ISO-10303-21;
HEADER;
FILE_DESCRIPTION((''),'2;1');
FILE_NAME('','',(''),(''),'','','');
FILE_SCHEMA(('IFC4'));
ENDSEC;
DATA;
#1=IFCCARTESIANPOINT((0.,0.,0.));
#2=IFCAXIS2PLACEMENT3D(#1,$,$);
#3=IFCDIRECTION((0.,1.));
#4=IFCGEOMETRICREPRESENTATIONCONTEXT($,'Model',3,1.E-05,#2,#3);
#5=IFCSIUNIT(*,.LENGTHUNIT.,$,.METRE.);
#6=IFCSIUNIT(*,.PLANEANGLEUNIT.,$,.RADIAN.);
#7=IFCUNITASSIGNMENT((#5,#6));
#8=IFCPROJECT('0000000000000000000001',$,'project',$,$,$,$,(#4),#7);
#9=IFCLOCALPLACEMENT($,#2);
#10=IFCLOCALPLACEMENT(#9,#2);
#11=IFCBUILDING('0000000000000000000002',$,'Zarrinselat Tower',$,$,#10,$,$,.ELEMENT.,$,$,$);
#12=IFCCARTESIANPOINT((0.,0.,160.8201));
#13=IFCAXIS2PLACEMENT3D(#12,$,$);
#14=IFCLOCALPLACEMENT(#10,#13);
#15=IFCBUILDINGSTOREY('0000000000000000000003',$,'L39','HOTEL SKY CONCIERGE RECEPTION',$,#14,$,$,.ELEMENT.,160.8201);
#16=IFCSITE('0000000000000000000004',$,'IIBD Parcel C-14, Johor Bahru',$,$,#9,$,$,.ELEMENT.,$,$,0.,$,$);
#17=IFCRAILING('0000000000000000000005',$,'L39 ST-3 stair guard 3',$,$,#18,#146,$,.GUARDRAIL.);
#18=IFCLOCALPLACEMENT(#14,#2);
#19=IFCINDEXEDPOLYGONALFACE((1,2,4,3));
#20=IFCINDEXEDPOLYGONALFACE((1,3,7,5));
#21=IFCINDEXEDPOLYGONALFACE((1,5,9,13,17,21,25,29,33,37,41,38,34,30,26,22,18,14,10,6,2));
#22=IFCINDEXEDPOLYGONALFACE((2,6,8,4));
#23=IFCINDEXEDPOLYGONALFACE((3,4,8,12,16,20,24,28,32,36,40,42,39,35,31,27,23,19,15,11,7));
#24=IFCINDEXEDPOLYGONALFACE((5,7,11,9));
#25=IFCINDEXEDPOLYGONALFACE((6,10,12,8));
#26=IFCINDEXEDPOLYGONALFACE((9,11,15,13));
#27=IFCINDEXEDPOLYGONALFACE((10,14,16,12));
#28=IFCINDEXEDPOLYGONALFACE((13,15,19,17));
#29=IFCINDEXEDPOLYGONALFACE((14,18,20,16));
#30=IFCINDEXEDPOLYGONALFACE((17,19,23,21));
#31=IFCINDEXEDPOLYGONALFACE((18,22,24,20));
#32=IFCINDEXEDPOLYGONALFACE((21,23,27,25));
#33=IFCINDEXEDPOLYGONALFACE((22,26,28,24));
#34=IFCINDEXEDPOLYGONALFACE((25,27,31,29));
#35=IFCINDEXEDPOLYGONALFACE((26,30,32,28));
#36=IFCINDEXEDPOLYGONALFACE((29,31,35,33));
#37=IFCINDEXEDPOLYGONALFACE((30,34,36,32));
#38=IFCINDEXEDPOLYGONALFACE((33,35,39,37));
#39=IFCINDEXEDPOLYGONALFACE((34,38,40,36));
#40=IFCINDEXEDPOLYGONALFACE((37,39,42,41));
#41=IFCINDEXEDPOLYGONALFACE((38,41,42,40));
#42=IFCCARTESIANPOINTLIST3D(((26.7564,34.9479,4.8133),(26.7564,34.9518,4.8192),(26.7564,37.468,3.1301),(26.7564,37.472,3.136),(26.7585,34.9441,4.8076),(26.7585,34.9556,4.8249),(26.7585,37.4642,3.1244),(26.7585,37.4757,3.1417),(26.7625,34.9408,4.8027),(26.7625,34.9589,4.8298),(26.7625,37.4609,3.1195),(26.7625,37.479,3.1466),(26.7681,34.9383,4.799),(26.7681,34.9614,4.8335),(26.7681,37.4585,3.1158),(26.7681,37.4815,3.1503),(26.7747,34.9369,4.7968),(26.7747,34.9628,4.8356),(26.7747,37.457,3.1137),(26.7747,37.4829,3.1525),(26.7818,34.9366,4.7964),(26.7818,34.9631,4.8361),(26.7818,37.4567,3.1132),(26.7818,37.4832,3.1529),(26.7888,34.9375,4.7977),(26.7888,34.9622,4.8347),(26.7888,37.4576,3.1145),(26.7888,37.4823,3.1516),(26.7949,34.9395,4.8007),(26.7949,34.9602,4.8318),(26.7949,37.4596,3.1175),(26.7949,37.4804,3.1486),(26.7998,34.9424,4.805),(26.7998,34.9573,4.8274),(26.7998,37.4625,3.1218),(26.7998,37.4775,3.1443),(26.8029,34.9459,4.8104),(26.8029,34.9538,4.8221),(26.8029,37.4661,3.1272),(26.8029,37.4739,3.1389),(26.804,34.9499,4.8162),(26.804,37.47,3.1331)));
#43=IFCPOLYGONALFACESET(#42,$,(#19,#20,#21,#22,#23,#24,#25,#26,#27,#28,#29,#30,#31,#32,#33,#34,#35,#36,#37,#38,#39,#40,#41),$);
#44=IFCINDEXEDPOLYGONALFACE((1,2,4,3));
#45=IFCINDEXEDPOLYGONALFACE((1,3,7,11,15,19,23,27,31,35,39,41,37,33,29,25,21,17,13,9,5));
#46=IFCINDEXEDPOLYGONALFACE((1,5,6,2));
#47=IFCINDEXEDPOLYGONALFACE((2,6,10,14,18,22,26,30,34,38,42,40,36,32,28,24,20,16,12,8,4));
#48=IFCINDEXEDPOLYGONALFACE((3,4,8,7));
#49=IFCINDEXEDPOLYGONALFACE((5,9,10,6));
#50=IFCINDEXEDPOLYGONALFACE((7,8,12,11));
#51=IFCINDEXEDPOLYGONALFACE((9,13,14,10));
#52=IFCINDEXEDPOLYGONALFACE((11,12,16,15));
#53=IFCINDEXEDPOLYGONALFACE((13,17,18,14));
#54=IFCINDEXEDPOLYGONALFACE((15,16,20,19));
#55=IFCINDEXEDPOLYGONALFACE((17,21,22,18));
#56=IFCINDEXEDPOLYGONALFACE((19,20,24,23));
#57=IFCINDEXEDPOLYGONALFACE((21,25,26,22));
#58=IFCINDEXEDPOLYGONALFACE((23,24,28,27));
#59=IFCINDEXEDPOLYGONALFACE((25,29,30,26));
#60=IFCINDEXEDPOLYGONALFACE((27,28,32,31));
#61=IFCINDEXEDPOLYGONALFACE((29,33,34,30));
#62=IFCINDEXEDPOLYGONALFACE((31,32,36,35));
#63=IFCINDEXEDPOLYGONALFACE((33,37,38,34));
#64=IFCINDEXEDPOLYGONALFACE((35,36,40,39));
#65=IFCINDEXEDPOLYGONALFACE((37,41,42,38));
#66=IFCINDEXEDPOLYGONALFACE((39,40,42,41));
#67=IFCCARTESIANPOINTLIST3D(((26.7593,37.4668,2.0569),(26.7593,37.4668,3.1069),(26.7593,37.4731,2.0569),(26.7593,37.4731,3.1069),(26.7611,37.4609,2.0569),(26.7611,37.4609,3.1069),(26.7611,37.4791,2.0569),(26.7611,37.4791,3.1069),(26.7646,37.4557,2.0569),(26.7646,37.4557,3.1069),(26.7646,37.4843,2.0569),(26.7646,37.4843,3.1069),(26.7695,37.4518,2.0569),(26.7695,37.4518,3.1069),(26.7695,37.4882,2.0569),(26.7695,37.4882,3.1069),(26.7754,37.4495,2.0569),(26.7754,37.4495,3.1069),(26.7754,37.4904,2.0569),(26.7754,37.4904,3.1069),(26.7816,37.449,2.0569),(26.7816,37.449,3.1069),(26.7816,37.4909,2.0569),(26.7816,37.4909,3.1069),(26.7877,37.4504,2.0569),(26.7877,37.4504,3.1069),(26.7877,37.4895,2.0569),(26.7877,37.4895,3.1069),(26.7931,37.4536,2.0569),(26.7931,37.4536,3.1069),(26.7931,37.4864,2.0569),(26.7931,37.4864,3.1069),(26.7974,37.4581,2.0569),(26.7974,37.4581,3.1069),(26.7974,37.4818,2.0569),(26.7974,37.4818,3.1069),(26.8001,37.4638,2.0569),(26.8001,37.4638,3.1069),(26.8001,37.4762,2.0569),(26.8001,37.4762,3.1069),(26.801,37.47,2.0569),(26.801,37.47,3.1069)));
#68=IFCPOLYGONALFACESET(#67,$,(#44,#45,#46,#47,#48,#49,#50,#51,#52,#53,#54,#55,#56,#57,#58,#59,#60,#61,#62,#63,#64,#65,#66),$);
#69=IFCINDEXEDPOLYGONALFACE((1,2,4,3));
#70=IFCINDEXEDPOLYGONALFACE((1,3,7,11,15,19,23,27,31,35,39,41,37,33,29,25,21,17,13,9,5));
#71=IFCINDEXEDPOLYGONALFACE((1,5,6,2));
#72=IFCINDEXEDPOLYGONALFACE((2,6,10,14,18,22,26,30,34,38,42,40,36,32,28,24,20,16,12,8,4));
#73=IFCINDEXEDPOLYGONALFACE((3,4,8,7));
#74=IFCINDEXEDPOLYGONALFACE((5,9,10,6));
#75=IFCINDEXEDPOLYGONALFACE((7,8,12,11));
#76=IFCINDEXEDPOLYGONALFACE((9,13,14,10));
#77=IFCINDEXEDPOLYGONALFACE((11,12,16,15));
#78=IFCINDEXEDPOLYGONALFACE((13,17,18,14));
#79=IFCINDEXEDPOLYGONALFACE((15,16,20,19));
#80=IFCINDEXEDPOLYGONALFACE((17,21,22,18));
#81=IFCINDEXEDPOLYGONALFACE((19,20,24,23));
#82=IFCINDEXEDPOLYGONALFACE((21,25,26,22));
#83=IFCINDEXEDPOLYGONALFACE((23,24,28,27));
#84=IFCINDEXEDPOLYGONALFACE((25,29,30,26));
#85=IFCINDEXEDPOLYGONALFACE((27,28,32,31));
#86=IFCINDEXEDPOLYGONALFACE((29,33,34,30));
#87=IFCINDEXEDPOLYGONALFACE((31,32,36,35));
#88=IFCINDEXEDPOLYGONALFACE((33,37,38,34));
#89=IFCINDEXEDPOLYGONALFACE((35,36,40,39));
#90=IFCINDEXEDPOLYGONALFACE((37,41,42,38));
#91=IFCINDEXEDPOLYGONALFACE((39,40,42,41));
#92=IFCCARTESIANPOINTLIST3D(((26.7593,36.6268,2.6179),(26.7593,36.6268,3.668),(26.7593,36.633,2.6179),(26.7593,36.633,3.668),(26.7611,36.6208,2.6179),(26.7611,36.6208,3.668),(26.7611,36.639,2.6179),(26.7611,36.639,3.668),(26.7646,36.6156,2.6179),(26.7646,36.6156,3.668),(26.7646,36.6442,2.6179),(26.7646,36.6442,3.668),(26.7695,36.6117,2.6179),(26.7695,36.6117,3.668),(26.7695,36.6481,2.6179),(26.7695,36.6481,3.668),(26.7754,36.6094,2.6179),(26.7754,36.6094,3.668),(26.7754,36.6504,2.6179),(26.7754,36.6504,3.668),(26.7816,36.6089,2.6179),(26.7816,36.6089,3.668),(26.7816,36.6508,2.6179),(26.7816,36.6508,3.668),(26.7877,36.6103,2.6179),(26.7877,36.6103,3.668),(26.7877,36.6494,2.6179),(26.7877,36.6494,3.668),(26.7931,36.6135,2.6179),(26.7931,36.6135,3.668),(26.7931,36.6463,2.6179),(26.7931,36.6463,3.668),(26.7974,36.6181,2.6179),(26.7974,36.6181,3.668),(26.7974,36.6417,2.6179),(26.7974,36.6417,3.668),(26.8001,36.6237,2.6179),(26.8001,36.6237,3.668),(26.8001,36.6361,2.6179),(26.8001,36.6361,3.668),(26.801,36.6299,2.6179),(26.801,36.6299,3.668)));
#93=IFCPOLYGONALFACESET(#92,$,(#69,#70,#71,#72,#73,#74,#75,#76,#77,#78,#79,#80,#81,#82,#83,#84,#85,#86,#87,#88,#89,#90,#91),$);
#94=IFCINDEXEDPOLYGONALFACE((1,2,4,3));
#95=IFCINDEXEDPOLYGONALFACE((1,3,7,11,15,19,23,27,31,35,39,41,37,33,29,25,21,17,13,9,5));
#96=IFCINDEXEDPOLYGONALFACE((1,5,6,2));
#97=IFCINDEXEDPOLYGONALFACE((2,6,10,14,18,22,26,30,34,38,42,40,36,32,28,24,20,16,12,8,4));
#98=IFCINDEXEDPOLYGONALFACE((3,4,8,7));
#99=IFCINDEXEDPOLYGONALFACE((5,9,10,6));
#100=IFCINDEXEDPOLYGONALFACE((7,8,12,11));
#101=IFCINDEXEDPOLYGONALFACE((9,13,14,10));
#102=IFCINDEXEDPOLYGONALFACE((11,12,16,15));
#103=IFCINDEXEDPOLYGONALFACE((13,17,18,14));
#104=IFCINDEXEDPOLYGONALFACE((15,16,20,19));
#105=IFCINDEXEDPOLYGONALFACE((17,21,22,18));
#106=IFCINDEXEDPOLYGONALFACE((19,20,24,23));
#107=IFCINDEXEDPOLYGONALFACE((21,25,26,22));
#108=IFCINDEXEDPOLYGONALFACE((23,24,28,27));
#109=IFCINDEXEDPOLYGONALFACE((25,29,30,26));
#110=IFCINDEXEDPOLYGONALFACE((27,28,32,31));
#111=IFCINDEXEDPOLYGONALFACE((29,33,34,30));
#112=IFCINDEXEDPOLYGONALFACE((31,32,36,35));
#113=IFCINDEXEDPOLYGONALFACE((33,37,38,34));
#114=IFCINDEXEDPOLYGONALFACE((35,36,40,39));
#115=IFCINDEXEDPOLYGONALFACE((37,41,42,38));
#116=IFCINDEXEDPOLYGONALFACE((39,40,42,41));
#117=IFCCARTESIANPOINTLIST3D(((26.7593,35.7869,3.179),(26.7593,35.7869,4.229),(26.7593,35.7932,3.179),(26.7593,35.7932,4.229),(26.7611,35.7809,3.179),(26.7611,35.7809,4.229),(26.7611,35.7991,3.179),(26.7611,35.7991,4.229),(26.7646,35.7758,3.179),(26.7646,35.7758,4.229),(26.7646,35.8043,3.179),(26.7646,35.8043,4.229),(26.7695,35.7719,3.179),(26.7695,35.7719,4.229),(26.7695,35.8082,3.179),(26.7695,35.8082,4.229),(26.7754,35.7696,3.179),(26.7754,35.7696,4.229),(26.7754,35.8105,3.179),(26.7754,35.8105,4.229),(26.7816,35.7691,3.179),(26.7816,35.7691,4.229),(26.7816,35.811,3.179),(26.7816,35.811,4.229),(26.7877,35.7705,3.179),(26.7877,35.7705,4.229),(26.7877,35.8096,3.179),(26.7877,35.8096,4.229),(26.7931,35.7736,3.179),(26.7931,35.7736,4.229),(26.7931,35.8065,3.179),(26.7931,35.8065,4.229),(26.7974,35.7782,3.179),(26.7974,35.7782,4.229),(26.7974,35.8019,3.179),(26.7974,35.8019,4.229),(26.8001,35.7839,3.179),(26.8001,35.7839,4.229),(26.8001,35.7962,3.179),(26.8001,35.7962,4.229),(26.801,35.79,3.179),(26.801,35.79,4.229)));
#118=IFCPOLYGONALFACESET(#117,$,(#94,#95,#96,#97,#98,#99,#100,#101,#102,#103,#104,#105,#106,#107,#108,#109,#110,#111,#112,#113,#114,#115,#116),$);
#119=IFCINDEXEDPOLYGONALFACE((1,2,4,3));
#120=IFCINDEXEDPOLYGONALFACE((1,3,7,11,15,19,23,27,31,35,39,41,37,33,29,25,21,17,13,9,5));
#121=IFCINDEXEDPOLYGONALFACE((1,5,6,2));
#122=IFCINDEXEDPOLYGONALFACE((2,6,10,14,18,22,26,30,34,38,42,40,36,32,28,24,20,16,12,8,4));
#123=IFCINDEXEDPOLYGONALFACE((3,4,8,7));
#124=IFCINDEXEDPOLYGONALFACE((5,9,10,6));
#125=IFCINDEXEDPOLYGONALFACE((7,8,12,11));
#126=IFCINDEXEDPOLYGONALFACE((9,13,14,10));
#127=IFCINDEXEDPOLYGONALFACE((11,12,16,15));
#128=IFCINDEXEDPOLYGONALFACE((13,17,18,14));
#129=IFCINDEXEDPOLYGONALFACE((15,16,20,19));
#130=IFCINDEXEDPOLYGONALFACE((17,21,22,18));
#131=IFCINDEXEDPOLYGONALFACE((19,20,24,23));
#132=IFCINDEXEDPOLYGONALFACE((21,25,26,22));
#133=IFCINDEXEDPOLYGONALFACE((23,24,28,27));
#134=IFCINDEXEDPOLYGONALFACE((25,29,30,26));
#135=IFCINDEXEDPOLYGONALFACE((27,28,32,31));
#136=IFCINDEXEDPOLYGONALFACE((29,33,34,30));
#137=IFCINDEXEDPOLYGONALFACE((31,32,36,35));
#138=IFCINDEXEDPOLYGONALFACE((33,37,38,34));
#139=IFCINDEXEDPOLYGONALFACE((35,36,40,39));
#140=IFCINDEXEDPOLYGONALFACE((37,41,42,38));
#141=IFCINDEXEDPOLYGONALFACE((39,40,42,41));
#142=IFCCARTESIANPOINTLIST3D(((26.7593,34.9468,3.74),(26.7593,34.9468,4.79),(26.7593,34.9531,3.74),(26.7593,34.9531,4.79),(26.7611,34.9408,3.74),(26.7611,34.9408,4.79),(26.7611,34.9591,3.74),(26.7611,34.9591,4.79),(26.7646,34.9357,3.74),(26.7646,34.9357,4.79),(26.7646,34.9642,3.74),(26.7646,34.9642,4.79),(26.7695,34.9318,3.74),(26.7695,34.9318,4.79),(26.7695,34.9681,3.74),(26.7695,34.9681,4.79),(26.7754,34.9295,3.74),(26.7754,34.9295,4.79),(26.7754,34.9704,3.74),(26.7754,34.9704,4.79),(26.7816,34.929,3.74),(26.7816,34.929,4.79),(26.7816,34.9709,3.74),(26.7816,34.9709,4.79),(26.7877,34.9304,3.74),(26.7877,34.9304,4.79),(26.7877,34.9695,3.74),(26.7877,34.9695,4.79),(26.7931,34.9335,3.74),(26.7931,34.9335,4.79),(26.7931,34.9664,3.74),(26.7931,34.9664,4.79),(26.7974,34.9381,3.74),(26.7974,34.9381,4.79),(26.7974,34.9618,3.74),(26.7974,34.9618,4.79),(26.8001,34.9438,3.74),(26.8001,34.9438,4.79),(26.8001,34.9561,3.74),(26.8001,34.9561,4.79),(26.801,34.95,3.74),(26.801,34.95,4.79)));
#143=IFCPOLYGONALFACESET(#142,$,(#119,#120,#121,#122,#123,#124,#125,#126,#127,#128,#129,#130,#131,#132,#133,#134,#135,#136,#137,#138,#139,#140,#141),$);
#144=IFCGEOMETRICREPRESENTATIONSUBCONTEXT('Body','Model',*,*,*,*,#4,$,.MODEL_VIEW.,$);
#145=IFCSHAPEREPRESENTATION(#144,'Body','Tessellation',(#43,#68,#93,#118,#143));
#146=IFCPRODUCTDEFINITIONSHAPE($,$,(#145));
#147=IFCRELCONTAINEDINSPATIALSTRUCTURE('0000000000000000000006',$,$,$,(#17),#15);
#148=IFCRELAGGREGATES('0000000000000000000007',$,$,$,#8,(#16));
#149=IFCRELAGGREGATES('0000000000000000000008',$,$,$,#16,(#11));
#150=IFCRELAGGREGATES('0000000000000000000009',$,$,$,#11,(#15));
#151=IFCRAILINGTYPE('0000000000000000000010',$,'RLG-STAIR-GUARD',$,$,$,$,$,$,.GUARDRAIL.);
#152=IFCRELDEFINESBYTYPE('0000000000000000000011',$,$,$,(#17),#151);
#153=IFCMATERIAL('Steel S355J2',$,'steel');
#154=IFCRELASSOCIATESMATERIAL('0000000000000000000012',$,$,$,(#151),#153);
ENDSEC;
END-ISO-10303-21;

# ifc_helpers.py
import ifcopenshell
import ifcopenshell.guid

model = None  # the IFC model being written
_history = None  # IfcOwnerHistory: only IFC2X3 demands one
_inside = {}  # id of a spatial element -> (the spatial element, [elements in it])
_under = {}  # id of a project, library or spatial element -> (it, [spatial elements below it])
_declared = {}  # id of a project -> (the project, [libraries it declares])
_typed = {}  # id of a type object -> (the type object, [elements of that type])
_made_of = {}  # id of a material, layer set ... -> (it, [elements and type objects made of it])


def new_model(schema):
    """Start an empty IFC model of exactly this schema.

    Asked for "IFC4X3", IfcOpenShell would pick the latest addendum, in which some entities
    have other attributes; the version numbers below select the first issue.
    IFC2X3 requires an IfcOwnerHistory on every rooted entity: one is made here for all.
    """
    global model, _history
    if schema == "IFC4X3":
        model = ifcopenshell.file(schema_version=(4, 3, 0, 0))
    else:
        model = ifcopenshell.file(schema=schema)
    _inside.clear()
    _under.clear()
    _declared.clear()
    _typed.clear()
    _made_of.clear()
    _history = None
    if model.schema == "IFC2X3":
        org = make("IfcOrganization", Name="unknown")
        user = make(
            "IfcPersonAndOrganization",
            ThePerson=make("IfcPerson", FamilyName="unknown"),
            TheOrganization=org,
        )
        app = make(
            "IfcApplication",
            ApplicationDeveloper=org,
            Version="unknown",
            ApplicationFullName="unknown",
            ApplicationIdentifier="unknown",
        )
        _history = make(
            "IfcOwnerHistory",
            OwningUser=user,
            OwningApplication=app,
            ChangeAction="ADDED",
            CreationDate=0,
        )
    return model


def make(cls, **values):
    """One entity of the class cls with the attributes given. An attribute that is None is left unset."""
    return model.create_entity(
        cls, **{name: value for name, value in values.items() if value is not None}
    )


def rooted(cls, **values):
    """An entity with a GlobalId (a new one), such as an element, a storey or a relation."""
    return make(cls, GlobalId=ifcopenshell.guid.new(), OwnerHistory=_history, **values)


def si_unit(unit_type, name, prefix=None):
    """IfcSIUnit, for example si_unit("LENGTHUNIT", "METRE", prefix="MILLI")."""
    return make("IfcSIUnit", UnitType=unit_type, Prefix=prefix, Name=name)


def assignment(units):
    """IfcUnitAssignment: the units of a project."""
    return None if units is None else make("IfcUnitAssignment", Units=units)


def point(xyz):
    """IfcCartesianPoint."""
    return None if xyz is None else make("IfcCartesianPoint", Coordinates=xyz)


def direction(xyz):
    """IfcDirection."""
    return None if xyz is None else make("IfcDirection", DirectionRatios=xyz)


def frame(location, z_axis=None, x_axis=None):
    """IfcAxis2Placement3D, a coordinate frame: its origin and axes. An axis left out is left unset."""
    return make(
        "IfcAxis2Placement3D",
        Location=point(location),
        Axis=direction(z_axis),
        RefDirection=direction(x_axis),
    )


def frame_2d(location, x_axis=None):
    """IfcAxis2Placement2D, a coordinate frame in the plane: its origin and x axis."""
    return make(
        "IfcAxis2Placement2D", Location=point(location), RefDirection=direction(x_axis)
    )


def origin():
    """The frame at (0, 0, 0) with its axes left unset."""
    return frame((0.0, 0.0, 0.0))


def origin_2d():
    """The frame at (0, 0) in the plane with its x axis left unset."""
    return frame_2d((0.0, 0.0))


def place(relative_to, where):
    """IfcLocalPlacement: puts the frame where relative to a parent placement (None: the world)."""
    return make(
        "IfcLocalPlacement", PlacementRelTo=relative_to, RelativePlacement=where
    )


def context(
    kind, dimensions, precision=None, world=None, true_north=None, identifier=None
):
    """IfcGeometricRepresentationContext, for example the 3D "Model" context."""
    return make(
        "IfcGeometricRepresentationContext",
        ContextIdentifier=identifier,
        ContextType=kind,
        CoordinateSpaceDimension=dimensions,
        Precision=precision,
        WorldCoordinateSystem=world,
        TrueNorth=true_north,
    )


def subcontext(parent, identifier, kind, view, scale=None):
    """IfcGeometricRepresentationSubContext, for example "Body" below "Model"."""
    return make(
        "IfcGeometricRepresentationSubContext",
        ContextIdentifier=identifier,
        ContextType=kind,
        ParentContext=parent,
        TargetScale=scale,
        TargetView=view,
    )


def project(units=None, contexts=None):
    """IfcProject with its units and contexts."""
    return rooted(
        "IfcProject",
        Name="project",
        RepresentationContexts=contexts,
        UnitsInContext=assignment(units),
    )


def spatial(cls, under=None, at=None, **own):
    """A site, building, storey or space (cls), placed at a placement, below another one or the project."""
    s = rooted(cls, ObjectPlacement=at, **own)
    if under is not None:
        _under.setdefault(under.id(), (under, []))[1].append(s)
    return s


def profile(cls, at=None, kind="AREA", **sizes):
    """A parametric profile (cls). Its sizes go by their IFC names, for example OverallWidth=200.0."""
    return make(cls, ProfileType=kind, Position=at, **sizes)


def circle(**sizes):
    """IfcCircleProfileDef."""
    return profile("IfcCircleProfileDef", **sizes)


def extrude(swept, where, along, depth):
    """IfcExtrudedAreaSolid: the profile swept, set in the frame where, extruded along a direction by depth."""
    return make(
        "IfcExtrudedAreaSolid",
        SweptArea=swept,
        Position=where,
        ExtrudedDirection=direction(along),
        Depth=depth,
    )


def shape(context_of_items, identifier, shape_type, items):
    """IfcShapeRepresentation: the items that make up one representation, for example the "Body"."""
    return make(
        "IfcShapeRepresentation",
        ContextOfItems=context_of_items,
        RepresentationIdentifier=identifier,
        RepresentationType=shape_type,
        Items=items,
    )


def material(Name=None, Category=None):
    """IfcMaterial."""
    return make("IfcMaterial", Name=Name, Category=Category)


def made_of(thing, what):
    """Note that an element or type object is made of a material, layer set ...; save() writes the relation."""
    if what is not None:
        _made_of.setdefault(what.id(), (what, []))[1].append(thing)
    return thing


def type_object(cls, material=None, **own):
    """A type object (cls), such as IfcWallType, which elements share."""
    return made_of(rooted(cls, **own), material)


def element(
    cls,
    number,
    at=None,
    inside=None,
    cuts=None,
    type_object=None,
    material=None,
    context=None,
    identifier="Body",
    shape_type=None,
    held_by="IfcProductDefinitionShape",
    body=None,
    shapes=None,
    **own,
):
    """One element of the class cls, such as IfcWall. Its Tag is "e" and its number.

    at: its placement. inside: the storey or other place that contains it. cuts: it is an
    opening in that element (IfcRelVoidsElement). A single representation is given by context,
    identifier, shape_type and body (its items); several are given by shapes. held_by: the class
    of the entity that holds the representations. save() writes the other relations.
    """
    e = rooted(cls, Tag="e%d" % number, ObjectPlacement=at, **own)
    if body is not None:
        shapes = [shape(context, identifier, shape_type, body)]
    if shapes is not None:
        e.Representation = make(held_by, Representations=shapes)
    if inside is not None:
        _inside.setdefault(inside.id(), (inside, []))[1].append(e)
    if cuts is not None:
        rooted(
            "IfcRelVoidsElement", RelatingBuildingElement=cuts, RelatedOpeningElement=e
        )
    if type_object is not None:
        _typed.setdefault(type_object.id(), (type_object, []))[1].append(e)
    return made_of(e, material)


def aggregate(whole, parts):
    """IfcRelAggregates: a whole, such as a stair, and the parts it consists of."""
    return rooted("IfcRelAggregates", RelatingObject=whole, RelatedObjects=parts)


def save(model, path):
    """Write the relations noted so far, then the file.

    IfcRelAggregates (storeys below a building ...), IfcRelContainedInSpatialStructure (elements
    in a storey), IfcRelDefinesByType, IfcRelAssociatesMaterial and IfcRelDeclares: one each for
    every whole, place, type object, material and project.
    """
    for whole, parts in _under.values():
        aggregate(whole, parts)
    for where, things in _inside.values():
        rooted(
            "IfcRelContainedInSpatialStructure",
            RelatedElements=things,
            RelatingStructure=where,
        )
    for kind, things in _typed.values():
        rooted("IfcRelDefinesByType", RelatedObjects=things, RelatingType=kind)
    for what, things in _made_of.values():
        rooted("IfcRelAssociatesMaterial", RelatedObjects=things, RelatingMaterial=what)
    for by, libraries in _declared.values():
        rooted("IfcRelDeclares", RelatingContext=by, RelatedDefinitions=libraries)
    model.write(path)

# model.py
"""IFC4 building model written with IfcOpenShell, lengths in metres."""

from ifc_helpers import new_model, si_unit, direction, frame, origin, origin_2d, place, context, subcontext, project, spatial, circle, extrude, material, type_object, element, save


model = new_model("IFC4")

# Units and contexts
model_context = context("Model", 3, precision=1e-05, world=origin(), true_north=direction((0.0, 1.0)))
body_context = subcontext(model_context, "Body", "Model", "MODEL_VIEW")
ifc_project = project(units=[si_unit("LENGTHUNIT", "METRE"), si_unit("PLANEANGLEUNIT", "RADIAN")], contexts=[model_context])

# Site, building, storey
site_placement = place(None, origin())
site = spatial("IfcSite", under=ifc_project, at=site_placement, Name="IIBD Parcel C-14, Johor Bahru", CompositionType="ELEMENT", RefElevation=0.0)
building_placement = place(site_placement, origin())
building = spatial("IfcBuilding", under=site, at=building_placement, Name="Zarrinselat Tower", CompositionType="ELEMENT")
storey_placement = place(building_placement, frame((0.0, 0.0, 160.8201)))
storey = spatial("IfcBuildingStorey", under=building, at=storey_placement, Name="L39", Description="HOTEL SKY CONCIERGE RECEPTION", CompositionType="ELEMENT", Elevation=160.8201)

# Railing
ifc_material_1 = material(Name="Steel S355J2", Category="steel")
railing_type_1 = type_object("IfcRailingType", Name="RLG-STAIR-GUARD", PredefinedType="GUARDRAIL", material=ifc_material_1)
railing_1_placement = place(storey_placement, frame((26.78, 37.47, 2.0569)))
element("IfcRailing", 1, at=railing_1_placement, inside=storey, type_object=railing_type_1, Name="L39 ST-3 stair guard 3", PredefinedType="GUARDRAIL", context=body_context, shape_type="SweptSolid", body=[
    extrude(circle(Radius=0.0239, at=origin_2d()), frame((0.0, 0.0, 1.0762), z_axis=(0.0, -0.831579, 0.555406), x_axis=(1.0, 0.0, 0.0)), (0.0, 0.0, 1.0), 3.0305),
    extrude(circle(Radius=0.021, at=origin_2d()), origin(), (0.0, 0.0, 1.0), 1.05),
    extrude(circle(Radius=0.021, at=origin_2d()), frame((0.0, -0.8401, 0.561)), (0.0, 0.0, 1.0), 1.05),
    extrude(circle(Radius=0.021, at=origin_2d()), frame((0.0, -1.6799, 1.1221)), (0.0, 0.0, 1.0), 1.05),
    extrude(circle(Radius=0.021, at=origin_2d()), frame((0.0, -2.52, 1.6831)), (0.0, 0.0, 1.0), 1.05),
])

save(model, "model.ifc")
